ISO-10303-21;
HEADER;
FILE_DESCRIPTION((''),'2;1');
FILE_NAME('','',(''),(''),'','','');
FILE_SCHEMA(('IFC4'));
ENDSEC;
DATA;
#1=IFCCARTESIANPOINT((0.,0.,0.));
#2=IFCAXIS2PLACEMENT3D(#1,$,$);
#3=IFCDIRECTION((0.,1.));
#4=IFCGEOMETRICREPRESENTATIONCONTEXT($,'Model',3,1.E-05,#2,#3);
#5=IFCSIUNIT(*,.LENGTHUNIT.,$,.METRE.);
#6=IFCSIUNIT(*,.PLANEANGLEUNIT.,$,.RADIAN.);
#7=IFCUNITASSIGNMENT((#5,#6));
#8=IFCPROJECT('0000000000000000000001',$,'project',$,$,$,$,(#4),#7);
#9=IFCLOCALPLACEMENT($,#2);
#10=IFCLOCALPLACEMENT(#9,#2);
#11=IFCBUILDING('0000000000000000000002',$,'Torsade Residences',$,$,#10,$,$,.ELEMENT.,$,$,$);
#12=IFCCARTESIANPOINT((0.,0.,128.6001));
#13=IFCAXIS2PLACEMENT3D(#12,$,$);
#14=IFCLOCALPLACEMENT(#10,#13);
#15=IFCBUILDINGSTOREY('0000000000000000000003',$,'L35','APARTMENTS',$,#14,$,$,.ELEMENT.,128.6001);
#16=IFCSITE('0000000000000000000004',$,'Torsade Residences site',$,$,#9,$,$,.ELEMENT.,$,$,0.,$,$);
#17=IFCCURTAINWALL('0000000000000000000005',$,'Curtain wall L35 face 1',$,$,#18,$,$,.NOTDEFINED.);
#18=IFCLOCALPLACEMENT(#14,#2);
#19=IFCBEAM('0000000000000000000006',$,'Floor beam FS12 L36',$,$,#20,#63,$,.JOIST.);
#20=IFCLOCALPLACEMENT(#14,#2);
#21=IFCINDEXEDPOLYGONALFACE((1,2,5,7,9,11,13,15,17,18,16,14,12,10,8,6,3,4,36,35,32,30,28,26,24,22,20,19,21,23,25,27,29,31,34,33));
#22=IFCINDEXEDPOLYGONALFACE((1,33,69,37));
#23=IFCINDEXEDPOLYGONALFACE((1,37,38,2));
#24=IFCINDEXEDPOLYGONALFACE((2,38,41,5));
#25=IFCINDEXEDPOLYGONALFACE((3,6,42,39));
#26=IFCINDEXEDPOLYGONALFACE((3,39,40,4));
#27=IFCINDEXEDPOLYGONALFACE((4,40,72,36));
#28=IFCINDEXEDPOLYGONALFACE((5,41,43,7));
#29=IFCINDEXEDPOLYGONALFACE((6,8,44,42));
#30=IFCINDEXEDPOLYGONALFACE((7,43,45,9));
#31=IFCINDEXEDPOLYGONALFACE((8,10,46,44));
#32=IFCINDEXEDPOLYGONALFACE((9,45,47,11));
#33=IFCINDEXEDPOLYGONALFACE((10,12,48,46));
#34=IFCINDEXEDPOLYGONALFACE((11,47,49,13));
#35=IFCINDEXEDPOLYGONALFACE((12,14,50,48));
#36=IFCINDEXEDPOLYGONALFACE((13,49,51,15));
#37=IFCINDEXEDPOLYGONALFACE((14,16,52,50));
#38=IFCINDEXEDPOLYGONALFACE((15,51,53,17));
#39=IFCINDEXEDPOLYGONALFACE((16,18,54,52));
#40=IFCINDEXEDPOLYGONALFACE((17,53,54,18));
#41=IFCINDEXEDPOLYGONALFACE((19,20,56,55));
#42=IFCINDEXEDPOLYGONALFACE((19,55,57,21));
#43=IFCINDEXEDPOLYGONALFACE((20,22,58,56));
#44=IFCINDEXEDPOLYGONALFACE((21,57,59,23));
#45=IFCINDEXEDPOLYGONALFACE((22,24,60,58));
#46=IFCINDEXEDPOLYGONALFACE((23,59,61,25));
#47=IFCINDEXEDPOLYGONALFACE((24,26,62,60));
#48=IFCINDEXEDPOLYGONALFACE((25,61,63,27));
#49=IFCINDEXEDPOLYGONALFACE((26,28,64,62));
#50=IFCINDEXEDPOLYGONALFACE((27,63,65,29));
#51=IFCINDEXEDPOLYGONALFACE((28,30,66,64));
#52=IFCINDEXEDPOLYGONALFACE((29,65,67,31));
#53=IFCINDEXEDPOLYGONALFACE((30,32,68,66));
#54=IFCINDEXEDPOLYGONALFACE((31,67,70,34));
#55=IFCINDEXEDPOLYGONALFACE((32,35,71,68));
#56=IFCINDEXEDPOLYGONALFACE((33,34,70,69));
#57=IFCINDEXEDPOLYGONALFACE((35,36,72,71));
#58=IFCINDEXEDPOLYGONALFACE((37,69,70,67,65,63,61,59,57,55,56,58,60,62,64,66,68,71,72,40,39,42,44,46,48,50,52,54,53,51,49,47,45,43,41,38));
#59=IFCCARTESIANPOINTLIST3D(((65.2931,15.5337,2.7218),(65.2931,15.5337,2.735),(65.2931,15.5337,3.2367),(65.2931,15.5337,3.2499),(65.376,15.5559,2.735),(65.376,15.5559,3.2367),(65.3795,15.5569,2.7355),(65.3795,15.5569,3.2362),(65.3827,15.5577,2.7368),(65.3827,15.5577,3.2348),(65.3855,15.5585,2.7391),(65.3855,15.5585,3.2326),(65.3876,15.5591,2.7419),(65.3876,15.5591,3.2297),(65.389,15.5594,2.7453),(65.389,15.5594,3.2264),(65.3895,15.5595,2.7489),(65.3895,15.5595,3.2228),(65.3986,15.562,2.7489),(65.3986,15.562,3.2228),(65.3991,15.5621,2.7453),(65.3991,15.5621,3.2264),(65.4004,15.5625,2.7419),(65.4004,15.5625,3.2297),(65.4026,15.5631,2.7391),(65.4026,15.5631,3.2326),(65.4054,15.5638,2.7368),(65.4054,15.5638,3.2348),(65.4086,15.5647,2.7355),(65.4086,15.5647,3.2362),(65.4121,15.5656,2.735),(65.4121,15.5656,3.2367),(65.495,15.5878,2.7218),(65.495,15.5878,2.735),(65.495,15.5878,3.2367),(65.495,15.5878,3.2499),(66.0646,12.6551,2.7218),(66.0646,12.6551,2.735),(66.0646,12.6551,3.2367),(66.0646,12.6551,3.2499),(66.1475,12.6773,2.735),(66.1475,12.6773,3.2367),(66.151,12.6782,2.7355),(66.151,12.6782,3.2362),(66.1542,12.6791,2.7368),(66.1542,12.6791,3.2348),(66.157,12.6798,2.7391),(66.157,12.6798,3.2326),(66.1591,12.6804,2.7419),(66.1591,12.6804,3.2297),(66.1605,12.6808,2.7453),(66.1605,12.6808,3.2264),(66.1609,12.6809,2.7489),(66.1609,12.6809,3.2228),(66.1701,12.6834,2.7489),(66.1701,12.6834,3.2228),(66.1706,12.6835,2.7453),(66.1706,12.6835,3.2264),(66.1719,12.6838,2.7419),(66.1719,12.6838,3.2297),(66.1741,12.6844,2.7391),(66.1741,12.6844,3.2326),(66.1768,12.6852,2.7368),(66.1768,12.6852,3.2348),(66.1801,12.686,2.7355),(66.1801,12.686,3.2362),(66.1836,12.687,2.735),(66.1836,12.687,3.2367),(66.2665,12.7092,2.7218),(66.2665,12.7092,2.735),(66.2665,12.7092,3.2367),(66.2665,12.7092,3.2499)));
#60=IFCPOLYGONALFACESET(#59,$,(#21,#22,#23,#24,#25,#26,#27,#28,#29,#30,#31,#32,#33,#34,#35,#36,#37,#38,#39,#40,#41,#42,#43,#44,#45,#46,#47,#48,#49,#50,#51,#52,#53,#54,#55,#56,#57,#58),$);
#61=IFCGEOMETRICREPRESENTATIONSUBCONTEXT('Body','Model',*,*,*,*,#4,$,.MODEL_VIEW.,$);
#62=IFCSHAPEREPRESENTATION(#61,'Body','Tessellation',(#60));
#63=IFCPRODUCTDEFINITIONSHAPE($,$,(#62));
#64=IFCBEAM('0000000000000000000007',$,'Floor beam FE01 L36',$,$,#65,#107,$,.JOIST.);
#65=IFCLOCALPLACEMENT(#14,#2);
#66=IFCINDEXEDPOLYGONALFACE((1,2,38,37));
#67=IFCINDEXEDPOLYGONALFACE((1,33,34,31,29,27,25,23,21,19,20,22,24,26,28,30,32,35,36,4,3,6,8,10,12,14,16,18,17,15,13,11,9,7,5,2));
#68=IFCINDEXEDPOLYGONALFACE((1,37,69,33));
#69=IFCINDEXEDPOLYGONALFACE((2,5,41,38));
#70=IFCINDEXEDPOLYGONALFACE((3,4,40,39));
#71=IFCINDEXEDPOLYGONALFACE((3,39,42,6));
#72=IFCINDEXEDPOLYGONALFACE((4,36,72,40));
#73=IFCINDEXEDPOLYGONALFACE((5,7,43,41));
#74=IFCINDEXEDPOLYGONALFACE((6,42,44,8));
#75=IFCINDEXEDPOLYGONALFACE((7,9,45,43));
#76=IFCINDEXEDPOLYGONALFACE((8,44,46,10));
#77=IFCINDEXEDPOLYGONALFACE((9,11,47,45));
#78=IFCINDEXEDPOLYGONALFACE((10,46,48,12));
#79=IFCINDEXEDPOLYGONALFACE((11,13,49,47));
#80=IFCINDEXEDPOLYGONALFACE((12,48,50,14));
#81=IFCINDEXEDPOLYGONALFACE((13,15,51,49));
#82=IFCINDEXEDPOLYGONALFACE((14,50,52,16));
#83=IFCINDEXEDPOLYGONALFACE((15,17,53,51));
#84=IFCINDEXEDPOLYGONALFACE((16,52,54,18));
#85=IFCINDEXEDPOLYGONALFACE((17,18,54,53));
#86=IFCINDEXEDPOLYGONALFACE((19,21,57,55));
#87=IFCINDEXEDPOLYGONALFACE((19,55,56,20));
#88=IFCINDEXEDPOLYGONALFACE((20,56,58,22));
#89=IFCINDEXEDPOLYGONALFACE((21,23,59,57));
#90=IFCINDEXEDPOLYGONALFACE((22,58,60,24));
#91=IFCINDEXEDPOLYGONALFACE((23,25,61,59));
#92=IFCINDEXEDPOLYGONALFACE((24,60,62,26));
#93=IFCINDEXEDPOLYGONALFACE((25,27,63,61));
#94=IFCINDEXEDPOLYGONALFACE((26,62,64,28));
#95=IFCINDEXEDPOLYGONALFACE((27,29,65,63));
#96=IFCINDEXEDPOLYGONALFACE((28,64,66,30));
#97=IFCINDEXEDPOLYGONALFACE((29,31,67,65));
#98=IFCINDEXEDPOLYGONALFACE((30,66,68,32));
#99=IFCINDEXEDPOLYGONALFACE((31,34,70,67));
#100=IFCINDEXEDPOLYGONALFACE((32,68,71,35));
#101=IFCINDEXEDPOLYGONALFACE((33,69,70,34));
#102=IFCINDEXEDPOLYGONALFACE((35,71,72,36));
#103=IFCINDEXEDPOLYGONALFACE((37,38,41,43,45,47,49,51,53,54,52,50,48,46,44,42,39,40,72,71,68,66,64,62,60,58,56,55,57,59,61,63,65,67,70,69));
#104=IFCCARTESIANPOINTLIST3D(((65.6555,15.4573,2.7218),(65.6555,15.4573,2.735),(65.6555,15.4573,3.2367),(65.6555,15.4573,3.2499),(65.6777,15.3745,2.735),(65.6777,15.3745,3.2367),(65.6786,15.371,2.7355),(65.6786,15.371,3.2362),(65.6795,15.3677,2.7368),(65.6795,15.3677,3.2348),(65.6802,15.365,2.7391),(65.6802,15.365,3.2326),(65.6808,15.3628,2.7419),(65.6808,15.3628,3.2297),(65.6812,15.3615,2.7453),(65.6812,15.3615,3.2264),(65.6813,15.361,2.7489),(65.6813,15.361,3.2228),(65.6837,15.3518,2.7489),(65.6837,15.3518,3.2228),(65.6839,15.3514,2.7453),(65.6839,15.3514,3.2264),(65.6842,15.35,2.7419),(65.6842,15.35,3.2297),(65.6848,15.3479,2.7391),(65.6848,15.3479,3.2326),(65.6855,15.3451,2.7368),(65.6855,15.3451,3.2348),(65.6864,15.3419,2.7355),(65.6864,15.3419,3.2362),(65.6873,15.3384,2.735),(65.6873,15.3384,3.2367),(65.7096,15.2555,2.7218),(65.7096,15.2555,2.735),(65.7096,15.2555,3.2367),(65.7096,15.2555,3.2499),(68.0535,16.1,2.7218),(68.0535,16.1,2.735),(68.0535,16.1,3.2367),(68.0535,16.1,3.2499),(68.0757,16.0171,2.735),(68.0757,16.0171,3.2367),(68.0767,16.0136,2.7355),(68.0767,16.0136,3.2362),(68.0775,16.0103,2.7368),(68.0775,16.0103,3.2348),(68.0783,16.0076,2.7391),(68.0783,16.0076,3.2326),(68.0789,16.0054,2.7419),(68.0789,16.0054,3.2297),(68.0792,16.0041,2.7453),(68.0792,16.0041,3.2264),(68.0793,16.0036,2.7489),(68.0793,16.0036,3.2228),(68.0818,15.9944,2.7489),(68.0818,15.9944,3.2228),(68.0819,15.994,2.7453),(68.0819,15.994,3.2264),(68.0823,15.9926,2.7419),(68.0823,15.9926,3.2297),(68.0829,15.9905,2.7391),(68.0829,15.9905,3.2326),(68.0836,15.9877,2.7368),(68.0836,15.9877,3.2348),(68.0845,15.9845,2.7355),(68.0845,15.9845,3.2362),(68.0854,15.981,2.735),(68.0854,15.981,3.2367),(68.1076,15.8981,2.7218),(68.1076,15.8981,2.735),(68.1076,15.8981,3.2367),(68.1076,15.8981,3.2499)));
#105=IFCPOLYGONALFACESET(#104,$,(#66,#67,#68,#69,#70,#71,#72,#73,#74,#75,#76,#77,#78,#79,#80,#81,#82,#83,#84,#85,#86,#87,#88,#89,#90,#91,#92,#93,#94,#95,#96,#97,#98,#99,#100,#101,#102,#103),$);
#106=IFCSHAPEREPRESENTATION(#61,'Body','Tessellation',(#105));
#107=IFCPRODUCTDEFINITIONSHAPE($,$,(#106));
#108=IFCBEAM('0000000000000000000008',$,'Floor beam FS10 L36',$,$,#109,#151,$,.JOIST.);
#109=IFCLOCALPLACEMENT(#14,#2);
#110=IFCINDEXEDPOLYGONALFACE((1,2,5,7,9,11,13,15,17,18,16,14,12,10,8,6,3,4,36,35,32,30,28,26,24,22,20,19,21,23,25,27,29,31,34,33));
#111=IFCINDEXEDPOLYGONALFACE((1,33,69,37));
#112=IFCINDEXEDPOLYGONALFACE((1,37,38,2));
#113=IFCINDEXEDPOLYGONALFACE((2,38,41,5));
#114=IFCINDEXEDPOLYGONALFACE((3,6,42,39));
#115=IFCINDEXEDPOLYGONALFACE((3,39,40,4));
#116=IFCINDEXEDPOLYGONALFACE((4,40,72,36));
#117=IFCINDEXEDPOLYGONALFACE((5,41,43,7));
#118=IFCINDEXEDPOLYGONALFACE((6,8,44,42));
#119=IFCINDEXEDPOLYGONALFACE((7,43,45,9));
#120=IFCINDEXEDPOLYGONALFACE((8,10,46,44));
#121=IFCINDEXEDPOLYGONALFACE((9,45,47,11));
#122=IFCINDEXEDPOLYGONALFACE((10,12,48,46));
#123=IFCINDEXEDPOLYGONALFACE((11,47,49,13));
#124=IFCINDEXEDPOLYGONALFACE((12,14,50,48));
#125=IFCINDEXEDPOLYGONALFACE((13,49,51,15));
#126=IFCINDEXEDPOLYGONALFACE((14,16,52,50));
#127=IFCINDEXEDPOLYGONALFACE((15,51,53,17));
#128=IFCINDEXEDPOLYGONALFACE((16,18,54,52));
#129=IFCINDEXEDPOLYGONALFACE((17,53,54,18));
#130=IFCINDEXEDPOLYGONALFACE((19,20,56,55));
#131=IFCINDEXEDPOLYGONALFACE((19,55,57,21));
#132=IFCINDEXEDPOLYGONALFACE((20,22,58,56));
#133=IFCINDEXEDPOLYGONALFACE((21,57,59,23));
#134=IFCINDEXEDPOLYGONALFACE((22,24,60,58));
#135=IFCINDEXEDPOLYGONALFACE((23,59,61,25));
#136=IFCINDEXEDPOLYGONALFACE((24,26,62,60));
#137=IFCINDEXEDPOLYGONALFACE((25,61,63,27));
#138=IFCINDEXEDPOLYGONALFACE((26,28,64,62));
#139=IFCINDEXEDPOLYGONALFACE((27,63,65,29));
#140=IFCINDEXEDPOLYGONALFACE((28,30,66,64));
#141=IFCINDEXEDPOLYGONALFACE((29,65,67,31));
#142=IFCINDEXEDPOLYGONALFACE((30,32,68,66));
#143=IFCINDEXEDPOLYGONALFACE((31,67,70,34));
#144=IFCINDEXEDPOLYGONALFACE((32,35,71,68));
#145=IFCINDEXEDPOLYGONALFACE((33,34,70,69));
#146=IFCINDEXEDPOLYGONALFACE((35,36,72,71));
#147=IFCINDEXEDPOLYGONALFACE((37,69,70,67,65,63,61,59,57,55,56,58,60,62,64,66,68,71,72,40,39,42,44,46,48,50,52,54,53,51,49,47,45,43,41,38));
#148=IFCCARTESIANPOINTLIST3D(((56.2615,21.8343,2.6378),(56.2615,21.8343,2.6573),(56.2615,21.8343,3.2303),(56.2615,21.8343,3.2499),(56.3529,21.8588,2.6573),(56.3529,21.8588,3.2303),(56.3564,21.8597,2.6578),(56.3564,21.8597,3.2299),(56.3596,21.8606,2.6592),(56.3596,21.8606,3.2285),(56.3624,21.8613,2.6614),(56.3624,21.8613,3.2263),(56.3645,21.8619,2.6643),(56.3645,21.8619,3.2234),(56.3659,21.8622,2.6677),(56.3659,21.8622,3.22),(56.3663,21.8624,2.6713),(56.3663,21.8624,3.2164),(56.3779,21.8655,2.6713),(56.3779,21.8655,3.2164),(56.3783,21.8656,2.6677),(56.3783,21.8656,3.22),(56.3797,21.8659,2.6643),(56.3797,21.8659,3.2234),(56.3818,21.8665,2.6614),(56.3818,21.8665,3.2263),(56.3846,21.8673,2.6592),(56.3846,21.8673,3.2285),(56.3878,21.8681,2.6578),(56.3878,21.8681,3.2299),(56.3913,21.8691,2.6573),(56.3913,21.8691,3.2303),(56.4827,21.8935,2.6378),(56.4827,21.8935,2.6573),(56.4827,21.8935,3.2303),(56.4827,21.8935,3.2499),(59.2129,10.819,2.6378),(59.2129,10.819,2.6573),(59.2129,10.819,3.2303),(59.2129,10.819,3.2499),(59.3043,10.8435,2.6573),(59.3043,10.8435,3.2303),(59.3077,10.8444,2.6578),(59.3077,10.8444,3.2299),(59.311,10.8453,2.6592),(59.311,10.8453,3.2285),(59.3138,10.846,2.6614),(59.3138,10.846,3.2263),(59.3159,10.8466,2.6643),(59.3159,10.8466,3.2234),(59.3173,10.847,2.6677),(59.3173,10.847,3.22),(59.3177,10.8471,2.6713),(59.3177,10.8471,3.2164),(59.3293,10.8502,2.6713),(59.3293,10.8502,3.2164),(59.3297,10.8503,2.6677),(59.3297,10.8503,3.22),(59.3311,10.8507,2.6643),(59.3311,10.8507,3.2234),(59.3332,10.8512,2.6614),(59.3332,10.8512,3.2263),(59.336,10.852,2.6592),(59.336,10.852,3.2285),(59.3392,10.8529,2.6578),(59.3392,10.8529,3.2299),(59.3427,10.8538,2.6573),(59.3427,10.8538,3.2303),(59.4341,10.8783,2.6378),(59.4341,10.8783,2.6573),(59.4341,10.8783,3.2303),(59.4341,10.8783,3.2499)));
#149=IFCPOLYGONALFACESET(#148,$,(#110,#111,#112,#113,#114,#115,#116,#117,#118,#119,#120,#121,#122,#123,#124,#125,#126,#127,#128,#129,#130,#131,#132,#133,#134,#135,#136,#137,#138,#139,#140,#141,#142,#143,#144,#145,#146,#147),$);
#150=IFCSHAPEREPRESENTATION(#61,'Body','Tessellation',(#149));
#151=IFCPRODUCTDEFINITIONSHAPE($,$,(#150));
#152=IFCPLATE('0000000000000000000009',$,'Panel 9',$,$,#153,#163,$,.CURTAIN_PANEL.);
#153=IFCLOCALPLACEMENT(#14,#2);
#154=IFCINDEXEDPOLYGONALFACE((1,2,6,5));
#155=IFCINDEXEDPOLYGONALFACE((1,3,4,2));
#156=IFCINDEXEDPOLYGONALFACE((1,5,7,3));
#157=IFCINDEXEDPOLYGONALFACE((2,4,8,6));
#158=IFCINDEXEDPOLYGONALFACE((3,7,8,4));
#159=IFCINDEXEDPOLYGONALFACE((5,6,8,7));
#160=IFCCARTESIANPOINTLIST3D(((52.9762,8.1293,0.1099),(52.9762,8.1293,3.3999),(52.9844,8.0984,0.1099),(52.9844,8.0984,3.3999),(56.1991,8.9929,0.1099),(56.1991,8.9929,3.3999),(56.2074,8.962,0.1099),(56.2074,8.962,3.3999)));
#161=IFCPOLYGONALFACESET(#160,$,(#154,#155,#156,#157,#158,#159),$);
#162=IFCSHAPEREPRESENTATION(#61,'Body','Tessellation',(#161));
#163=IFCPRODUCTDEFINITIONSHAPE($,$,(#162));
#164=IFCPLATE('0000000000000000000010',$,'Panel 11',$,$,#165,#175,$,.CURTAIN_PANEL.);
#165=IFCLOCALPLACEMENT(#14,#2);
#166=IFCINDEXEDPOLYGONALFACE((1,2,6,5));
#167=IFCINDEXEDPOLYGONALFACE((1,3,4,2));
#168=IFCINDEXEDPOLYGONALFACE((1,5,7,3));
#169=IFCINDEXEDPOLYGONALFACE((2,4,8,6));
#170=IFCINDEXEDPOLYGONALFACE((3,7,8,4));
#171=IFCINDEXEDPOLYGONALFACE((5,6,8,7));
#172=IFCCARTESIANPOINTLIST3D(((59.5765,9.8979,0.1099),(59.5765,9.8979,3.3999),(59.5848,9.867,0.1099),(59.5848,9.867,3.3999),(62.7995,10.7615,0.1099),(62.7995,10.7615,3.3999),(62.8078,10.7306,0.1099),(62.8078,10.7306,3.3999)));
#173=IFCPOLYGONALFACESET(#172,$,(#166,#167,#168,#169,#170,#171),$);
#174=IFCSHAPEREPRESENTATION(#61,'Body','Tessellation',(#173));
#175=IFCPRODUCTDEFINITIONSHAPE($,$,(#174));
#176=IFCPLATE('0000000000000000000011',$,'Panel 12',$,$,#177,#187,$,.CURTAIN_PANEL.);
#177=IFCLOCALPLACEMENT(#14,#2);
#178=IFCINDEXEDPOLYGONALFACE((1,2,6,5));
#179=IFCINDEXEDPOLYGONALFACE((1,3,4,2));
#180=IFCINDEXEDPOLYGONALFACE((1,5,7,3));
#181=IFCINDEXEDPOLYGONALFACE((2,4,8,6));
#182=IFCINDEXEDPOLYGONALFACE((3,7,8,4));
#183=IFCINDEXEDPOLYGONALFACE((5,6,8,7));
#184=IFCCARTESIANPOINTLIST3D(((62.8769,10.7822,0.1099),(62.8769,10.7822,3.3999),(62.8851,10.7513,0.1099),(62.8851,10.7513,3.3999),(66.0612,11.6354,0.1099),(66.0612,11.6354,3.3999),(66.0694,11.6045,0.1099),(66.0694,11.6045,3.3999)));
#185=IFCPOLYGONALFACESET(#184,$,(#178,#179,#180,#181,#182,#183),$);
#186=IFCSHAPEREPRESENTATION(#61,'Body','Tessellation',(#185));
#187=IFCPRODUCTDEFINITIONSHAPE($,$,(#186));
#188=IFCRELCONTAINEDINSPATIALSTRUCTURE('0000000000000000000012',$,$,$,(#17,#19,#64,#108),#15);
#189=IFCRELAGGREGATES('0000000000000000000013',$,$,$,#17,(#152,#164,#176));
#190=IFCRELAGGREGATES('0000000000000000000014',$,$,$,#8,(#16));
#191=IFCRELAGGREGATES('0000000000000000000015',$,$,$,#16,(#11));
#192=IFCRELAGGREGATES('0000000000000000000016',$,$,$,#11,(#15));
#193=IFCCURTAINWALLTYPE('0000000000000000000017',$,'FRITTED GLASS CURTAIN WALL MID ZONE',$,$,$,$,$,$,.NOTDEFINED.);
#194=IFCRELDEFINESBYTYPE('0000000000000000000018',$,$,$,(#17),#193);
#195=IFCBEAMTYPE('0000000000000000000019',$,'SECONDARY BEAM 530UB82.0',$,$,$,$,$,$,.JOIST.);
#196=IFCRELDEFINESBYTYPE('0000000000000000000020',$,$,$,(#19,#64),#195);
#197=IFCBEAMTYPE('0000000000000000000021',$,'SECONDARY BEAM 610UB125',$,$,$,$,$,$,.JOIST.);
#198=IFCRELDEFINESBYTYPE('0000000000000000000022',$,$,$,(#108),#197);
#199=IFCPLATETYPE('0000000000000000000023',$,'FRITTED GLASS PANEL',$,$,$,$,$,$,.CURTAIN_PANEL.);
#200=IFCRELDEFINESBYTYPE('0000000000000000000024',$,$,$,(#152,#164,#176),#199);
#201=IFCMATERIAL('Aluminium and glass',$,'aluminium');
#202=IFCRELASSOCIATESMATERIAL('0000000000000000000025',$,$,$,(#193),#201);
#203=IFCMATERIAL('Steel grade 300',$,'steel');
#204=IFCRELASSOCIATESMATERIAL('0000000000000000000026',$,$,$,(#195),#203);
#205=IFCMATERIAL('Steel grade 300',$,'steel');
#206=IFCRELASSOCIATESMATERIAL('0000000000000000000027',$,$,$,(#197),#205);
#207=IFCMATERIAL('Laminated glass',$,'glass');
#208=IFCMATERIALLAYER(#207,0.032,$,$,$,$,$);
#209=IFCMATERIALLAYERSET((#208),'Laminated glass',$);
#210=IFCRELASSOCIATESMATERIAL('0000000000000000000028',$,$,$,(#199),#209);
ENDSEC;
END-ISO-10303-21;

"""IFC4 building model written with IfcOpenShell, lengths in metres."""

from ifc_helpers import new_model, si_unit, direction, frame, origin, origin_2d, place, context, subcontext, project, spatial, rectangle, i_section, extrude, material, layer, layer_set, material_profile, profile_set, type_object, element, aggregate, save


model = new_model("IFC4")

# Units and contexts
model_context = context("Model", 3, precision=1e-05, world=origin(), true_north=direction((0.0, 1.0)))
body_context = subcontext(model_context, "Body", "Model", "MODEL_VIEW")
ifc_project = project(units=[si_unit("LENGTHUNIT", "METRE"), si_unit("PLANEANGLEUNIT", "RADIAN")], contexts=[model_context])

# Site, building, storey
site_placement = place(None, origin())
site = spatial("IfcSite", under=ifc_project, at=site_placement, Name="Torsade Residences site", CompositionType="ELEMENT", RefElevation=0.0)
building_placement = place(site_placement, origin())
building = spatial("IfcBuilding", under=site, at=building_placement, Name="Torsade Residences", CompositionType="ELEMENT")
storey_placement = place(building_placement, frame((0.0, 0.0, 128.6001)))
storey = spatial("IfcBuildingStorey", under=building, at=storey_placement, Name="L35", Description="APARTMENTS", CompositionType="ELEMENT", Elevation=128.6001)

# Curtain wall
ifc_material_1 = material(Name="Aluminium and glass", Category="aluminium")
curtain_wall_type = type_object("IfcCurtainWallType", Name="FRITTED GLASS CURTAIN WALL MID ZONE", PredefinedType="NOTDEFINED", material=ifc_material_1)
curtain_wall_placement = place(storey_placement, origin())
curtain_wall = element("IfcCurtainWall", 1, at=curtain_wall_placement, inside=storey, type_object=curtain_wall_type, Name="Curtain wall L35 face 1", PredefinedType="NOTDEFINED")

# Beams
ifc_material_2 = material(Name="Steel grade 300", Category="steel")
ifc_material_profile_1 = material_profile(ifc_material_2, i_section(OverallWidth=0.209, OverallDepth=0.5281, WebThickness=0.0095, FlangeThickness=0.0132, FilletRadius=0.0139, at=origin_2d()), Name="530UB82.0")
ifc_profile_set_1 = profile_set([ifc_material_profile_1], Name="Steel grade 300")
beam_type_1 = type_object("IfcBeamType", Name="SECONDARY BEAM 530UB82.0", PredefinedType="JOIST", material=ifc_profile_set_1)
beam_1_placement = place(storey_placement, frame((66.1655, 12.6821, 2.9858), z_axis=(-0.258866, 0.965913, 0.0), x_axis=(-0.965913, -0.258866, 0.0)))
element("IfcBeam", 2, at=beam_1_placement, inside=storey, type_object=beam_type_1, Name="Floor beam FS12 L36", PredefinedType="JOIST", context=body_context, shape_type="SweptSolid", body=[
    extrude(i_section(OverallWidth=0.209, OverallDepth=0.5281, WebThickness=0.0095, FlangeThickness=0.0132, FilletRadius=0.0139, at=origin_2d()), origin(), (0.0, 0.0, 1.0), 2.9802),
])
beam_2_placement = place(storey_placement, frame((68.0806, 15.999, 2.9858), z_axis=(-0.965921, -0.258838, 0.0), x_axis=(0.258838, -0.965921, 0.0)))
element("IfcBeam", 3, at=beam_2_placement, inside=storey, type_object=beam_type_1, Name="Floor beam FE01 L36", PredefinedType="JOIST", context=body_context, shape_type="SweptSolid", body=[
    extrude(i_section(OverallWidth=0.209, OverallDepth=0.5281, WebThickness=0.0095, FlangeThickness=0.0132, FilletRadius=0.0139, at=origin_2d()), origin(), (0.0, 0.0, 1.0), 2.4827),
])
ifc_material_3 = material(Name="Steel grade 300", Category="steel")
ifc_material_profile_2 = material_profile(ifc_material_3, i_section(OverallWidth=0.229, OverallDepth=0.6121, WebThickness=0.012, FlangeThickness=0.0195, FilletRadius=0.0139, at=origin_2d()), Name="610UB125")
ifc_profile_set_2 = profile_set([ifc_material_profile_2], Name="Steel grade 300")
beam_type_2 = type_object("IfcBeamType", Name="SECONDARY BEAM 610UB125", PredefinedType="JOIST", material=ifc_profile_set_2)
beam_3_placement = place(storey_placement, frame((59.3235, 10.8486, 2.9438), z_axis=(-0.258807, 0.965929, 0.0), x_axis=(-0.965929, -0.258807, 0.0)))
element("IfcBeam", 4, at=beam_3_placement, inside=storey, type_object=beam_type_2, Name="Floor beam FS10 L36", PredefinedType="JOIST", context=body_context, shape_type="SweptSolid", body=[
    extrude(i_section(OverallWidth=0.229, OverallDepth=0.6121, WebThickness=0.012, FlangeThickness=0.0195, FilletRadius=0.0139, at=origin_2d()), origin(), (0.0, 0.0, 1.0), 11.4038),
])

# Plates
ifc_material_4 = material(Name="Laminated glass", Category="glass")
ifc_layer_1 = layer(ifc_material_4, 0.032)
ifc_layer_set_1 = layer_set([ifc_layer_1], Name="Laminated glass")
plate_type_1 = type_object("IfcPlateType", Name="FRITTED GLASS PANEL", PredefinedType="CURTAIN_PANEL", material=ifc_layer_set_1)
plate_1_placement = place(storey_placement, frame((54.5918, 8.5457, 0.1099), z_axis=(0.0, 0.0, 1.0), x_axis=(0.965926, 0.258819, 0.0)))
plate_1 = element("IfcPlate", 5, at=plate_1_placement, type_object=plate_type_1, Name="Panel 9", PredefinedType="CURTAIN_PANEL", context=body_context, shape_type="SweptSolid", body=[
    extrude(rectangle(XDim=3.3367, YDim=0.032, at=origin_2d()), origin(), (0.0, 0.0, 1.0), 3.29),
])
plate_2_placement = place(storey_placement, frame((61.1921, 10.3142, 0.1099), z_axis=(0.0, 0.0, 1.0), x_axis=(0.965926, 0.258819, 0.0)))
plate_2 = element("IfcPlate", 6, at=plate_2_placement, type_object=plate_type_1, Name="Panel 11", PredefinedType="CURTAIN_PANEL", context=body_context, shape_type="SweptSolid", body=[
    extrude(rectangle(XDim=3.3367, YDim=0.032, at=origin_2d()), origin(), (0.0, 0.0, 1.0), 3.29),
])
plate_3_placement = place(storey_placement, frame((64.4731, 11.1934, 0.1099), z_axis=(0.0, 0.0, 1.0), x_axis=(0.965926, 0.258819, 0.0)))
plate_3 = element("IfcPlate", 7, at=plate_3_placement, type_object=plate_type_1, Name="Panel 12", PredefinedType="CURTAIN_PANEL", context=body_context, shape_type="SweptSolid", body=[
    extrude(rectangle(XDim=3.2966, YDim=0.032, at=origin_2d()), origin(), (0.0, 0.0, 1.0), 3.29),
])
aggregate(curtain_wall, [plate_1, plate_2, plate_3])

save(model, "model.ifc")
